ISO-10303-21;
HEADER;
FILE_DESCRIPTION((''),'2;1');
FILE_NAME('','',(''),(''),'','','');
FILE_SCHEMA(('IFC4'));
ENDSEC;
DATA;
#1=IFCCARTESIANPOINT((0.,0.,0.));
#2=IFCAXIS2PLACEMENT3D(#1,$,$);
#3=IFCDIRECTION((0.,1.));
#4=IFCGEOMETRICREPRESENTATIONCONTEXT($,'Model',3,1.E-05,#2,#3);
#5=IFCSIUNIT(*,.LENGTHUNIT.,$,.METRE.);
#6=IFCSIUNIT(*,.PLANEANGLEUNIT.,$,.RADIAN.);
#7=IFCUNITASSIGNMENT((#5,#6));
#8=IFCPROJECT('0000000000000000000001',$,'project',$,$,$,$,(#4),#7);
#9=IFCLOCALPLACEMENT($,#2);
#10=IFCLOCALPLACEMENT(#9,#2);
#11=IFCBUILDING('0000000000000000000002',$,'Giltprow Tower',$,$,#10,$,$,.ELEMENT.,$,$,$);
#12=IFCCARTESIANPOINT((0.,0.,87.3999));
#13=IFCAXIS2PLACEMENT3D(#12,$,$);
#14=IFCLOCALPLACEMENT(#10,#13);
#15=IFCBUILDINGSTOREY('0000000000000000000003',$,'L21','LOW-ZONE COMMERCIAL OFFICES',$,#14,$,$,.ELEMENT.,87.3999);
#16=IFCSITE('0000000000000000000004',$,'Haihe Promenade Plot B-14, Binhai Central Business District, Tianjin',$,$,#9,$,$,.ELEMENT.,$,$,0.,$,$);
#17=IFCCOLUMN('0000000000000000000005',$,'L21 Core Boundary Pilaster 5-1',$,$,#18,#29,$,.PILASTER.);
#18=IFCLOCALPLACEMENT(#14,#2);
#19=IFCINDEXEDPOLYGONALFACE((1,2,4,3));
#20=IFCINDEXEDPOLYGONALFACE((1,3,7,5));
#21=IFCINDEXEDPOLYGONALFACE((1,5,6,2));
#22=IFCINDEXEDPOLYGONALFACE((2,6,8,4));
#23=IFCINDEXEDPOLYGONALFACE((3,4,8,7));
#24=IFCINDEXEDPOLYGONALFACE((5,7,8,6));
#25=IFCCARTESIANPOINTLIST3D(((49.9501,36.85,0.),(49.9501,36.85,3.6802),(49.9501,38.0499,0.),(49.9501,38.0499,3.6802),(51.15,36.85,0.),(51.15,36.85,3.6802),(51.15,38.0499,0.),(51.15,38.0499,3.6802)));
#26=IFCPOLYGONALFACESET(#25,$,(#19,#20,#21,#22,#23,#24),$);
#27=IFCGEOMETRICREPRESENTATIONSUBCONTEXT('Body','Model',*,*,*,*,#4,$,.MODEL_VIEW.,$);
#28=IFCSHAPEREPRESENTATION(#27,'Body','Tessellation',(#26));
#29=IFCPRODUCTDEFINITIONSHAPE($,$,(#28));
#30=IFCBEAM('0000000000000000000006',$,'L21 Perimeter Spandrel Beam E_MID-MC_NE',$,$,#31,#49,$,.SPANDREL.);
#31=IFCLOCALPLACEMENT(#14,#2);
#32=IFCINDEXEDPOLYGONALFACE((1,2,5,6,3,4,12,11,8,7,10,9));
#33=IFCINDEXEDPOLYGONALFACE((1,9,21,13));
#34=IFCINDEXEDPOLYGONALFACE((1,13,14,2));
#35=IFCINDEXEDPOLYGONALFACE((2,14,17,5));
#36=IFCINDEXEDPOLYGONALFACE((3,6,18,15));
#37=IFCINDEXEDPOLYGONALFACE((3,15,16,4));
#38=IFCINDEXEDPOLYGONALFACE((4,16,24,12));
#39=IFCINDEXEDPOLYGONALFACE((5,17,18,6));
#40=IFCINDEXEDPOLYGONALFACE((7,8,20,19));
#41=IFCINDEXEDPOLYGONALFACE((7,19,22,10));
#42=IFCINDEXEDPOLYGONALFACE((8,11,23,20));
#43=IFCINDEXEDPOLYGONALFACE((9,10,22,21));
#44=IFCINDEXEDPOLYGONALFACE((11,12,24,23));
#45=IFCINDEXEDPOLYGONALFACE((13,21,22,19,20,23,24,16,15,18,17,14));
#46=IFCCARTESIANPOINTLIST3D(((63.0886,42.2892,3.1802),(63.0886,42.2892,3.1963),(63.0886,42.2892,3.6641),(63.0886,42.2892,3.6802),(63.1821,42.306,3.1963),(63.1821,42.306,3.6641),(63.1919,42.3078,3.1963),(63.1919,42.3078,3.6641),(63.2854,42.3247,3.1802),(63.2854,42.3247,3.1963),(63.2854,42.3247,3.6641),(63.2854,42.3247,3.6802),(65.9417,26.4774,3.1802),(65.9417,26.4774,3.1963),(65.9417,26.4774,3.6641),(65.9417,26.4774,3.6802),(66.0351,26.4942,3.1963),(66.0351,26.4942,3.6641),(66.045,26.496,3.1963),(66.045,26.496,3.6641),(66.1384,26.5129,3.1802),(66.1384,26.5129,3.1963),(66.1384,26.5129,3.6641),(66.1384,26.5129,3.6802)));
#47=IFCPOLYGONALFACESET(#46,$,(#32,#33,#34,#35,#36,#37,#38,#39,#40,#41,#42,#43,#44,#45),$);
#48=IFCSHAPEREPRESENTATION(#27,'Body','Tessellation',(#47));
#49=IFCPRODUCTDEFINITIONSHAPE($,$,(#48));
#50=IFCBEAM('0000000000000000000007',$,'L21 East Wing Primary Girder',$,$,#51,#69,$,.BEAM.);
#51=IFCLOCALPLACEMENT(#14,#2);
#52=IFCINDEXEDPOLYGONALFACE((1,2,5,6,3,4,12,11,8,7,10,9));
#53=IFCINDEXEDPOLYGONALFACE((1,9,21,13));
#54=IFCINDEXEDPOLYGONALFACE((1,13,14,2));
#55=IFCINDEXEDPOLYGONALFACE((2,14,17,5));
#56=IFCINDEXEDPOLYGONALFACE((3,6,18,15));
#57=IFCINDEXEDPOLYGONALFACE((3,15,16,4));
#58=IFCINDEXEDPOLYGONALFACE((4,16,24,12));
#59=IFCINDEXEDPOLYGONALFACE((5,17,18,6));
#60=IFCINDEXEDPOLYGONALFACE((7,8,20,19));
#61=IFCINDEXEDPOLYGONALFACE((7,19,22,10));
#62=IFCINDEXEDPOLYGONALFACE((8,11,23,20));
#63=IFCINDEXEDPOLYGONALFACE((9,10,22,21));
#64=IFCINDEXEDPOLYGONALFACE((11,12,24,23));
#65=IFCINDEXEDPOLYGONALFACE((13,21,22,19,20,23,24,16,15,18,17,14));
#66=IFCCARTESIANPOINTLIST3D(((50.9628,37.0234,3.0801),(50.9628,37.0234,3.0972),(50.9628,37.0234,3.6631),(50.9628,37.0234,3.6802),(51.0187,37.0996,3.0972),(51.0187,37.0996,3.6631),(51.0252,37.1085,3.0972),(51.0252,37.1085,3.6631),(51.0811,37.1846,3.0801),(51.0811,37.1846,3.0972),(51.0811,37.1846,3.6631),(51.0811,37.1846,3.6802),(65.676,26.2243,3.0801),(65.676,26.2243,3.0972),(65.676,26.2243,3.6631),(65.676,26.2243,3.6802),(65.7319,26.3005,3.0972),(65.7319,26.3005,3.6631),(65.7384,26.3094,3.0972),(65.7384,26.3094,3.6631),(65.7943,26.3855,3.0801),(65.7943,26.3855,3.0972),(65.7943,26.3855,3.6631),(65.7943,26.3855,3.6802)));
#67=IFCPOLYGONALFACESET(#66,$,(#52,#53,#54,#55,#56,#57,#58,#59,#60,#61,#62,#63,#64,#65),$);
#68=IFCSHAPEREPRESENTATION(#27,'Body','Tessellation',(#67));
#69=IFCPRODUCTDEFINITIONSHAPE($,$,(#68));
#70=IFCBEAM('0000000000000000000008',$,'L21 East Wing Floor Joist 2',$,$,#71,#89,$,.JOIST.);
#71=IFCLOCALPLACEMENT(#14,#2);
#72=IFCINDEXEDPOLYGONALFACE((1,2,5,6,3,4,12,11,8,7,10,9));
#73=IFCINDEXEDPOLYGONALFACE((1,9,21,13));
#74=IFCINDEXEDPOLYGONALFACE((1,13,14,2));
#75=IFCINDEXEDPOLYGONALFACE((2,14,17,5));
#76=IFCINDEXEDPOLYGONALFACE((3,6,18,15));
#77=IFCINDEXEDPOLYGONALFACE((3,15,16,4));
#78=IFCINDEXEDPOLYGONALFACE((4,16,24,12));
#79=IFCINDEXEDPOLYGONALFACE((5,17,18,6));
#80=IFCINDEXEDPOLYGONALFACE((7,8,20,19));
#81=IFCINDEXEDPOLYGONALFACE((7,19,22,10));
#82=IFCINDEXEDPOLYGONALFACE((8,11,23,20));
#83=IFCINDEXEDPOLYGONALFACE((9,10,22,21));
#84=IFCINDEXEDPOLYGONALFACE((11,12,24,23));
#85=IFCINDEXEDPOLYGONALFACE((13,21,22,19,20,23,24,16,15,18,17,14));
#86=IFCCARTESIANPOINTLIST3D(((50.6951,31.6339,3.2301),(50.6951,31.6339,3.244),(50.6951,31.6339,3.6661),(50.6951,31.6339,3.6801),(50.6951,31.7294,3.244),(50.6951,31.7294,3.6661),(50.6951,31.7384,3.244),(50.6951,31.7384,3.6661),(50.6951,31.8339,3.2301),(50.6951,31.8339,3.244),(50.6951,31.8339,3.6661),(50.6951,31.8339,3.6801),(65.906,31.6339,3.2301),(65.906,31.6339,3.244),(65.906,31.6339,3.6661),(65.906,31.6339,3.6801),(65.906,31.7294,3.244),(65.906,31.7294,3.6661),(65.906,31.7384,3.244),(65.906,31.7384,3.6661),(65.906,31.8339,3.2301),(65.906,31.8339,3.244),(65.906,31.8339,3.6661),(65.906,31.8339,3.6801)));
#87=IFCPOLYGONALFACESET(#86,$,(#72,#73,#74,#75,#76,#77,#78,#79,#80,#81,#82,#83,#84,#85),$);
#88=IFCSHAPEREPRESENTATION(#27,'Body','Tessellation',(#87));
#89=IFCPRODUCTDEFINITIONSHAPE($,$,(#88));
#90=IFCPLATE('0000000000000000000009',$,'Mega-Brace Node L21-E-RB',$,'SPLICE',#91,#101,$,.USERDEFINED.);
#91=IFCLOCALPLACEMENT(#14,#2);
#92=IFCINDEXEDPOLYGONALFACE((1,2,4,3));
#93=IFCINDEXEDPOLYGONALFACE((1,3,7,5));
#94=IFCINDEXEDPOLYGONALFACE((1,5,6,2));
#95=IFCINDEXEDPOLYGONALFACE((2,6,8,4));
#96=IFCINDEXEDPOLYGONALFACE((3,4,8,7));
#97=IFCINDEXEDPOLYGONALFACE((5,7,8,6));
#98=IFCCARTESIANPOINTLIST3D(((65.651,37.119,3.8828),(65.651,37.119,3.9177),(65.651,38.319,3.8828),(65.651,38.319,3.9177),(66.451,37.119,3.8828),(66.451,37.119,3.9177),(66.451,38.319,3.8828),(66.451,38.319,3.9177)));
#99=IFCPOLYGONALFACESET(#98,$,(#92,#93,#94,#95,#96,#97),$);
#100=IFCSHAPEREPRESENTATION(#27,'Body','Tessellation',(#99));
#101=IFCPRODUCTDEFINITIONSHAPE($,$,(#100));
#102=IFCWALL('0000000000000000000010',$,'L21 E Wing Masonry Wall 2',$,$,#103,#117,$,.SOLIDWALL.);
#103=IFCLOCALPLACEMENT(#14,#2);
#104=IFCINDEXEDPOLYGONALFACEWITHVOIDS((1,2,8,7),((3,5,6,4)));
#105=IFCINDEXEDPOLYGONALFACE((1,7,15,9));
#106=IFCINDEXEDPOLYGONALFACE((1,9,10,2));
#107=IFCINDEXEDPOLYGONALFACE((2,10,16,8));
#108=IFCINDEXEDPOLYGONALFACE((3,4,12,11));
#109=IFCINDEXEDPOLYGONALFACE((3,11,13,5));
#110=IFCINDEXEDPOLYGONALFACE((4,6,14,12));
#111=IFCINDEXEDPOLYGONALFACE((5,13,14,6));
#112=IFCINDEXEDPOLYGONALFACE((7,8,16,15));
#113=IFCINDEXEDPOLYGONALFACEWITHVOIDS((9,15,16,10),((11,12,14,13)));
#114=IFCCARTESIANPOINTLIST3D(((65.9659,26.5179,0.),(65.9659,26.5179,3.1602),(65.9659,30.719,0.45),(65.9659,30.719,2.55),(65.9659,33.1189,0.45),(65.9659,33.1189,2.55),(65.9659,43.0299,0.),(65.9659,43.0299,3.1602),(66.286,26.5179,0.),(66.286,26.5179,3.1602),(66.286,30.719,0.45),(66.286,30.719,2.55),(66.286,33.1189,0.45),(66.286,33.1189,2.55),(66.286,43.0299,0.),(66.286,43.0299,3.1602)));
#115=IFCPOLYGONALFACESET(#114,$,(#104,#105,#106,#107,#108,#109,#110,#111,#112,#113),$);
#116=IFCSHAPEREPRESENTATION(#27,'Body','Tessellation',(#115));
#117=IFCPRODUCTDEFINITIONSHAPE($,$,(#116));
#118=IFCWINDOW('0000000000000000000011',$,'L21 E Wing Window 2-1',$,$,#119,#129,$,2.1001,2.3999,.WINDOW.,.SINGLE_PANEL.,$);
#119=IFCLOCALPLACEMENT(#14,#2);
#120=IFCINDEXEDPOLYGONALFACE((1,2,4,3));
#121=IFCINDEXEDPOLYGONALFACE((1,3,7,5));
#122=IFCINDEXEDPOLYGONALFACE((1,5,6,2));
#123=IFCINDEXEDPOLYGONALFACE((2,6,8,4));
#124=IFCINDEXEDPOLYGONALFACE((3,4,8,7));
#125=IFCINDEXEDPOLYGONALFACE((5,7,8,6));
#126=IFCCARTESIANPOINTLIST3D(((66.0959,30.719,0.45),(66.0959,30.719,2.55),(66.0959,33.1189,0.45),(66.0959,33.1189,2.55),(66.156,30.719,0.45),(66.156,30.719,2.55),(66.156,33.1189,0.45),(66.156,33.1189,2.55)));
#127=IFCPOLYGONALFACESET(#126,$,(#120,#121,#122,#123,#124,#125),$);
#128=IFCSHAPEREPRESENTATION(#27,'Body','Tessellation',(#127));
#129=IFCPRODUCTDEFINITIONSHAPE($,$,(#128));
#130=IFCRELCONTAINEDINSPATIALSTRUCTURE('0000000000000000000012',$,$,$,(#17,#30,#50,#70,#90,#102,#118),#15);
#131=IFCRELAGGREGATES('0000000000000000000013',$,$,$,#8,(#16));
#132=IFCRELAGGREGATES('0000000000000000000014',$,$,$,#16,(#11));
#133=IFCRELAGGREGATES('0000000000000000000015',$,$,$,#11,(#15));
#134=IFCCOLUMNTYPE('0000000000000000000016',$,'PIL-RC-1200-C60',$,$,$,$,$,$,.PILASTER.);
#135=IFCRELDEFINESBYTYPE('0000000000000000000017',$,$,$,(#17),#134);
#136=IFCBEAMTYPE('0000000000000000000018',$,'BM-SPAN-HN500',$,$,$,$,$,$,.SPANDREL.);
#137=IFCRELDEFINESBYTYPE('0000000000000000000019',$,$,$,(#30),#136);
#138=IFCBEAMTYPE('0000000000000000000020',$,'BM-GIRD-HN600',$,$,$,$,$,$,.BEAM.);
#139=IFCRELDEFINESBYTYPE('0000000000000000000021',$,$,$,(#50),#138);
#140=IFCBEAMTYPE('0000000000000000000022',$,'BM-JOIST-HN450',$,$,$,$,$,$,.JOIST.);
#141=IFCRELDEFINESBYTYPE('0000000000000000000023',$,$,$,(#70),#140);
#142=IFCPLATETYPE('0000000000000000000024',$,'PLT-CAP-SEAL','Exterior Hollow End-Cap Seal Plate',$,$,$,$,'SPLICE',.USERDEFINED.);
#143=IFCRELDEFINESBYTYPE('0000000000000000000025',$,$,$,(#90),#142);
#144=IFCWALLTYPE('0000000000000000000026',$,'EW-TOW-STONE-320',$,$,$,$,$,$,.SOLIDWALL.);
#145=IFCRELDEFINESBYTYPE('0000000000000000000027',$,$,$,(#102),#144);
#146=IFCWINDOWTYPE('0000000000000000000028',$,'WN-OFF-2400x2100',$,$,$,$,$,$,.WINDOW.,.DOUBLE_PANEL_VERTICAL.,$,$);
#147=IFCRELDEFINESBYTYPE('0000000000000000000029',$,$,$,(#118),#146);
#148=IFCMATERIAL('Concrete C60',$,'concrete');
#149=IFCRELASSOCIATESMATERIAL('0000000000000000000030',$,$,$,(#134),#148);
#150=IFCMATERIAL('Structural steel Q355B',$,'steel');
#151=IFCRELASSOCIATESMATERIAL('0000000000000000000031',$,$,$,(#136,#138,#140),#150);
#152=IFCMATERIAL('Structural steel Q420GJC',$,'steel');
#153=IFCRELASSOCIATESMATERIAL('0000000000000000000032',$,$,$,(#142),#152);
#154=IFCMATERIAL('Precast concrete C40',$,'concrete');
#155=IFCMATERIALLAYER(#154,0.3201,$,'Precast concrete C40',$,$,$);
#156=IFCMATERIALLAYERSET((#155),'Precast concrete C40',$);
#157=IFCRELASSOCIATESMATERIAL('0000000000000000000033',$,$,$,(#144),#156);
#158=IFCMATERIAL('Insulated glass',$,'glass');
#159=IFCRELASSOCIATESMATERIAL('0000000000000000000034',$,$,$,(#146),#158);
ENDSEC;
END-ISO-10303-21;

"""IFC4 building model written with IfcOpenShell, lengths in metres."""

from ifc_helpers import new_model, si_unit, direction, frame, frame_2d, origin, origin_2d, place, context, subcontext, project, spatial, rectangle, i_section, extrude, source, transform, mapped, material, layer, layer_set, material_profile, profile_set, type_object, element, fill, save


model = new_model("IFC4")

# Units and contexts
model_context = context("Model", 3, precision=1e-05, world=origin(), true_north=direction((0.0, 1.0)))
body_context = subcontext(model_context, "Body", "Model", "MODEL_VIEW")
ifc_project = project(units=[si_unit("LENGTHUNIT", "METRE"), si_unit("PLANEANGLEUNIT", "RADIAN")], contexts=[model_context])

# Site, building, storey
site_placement = place(None, origin())
site = spatial("IfcSite", under=ifc_project, at=site_placement, Name="Haihe Promenade Plot B-14, Binhai Central Business District, Tianjin", CompositionType="ELEMENT", RefElevation=0.0)
building_placement = place(site_placement, origin())
building = spatial("IfcBuilding", under=site, at=building_placement, Name="Giltprow Tower", CompositionType="ELEMENT")
storey_placement = place(building_placement, frame((0.0, 0.0, 87.3999)))
storey = spatial("IfcBuildingStorey", under=building, at=storey_placement, Name="L21", Description="LOW-ZONE COMMERCIAL OFFICES", CompositionType="ELEMENT", Elevation=87.3999)

# Column
ifc_material_1 = material(Name="Concrete C60", Category="concrete")
ifc_material_profile_1 = material_profile(ifc_material_1, rectangle(XDim=1.2, YDim=1.2, at=origin_2d()), Name="RC 1200x1200")
ifc_profile_set_1 = profile_set([ifc_material_profile_1], Name="Concrete C60")
column_type = type_object("IfcColumnType", Name="PIL-RC-1200-C60", PredefinedType="PILASTER", material=ifc_profile_set_1)
shared_shape_1 = source(origin(), body_context, "Body", "SweptSolid", [
    extrude(rectangle(XDim=1.2, YDim=1.2, at=origin_2d()), origin(), (0.0, 0.0, 1.0), 3.6802),
])
column_placement = place(storey_placement, frame((50.55, 37.45, 0.0), z_axis=(0.0, 0.0, 1.0), x_axis=(1.0, 0.0, 0.0)))
element("IfcColumn", 1, at=column_placement, inside=storey, type_object=column_type, Name="L21 Core Boundary Pilaster 5-1", PredefinedType="PILASTER", context=body_context, shape_type="MappedRepresentation", body=[
    mapped(shared_shape_1, transform((0.0, 0.0, 0.0), x_axis=(1.0, 0.0, 0.0), y_axis=(0.0, 1.0, 0.0), z_axis=(0.0, 0.0, 1.0), scale=1.0)),
])

# Beams
ifc_material_2 = material(Name="Structural steel Q355B", Category="steel")
ifc_material_profile_2 = material_profile(ifc_material_2, i_section(OverallWidth=0.2, OverallDepth=0.5, WebThickness=0.01, FlangeThickness=0.0161, at=origin_2d()), Name="HN 500x200x10x16")
ifc_profile_set_2 = profile_set([ifc_material_profile_2], Name="Structural steel Q355B")
beam_type_1 = type_object("IfcBeamType", Name="BM-SPAN-HN500", PredefinedType="SPANDREL", material=ifc_profile_set_2)
shared_shape_2 = source(origin(), body_context, "Body", "SweptSolid", [
    extrude(i_section(OverallWidth=0.2, OverallDepth=0.5, WebThickness=0.01, FlangeThickness=0.0161, at=origin_2d()), origin(), (0.0, 0.0, 1.0), 16.0671),
])
beam_1_placement = place(storey_placement, frame((66.04, 26.4951, 3.4302), z_axis=(-0.17757, 0.984108, 0.0), x_axis=(-0.984108, -0.17757, 0.0)))
element("IfcBeam", 2, at=beam_1_placement, inside=storey, type_object=beam_type_1, Name="L21 Perimeter Spandrel Beam E_MID-MC_NE", PredefinedType="SPANDREL", context=body_context, shape_type="MappedRepresentation", body=[
    mapped(shared_shape_2, transform((0.0, 0.0, 0.0), x_axis=(1.0, 0.0, 0.0), y_axis=(0.0, 1.0, 0.0), z_axis=(0.0, 0.0, 1.0), scale=1.0)),
])
ifc_material_profile_3 = material_profile(ifc_material_2, i_section(OverallWidth=0.2, OverallDepth=0.6001, WebThickness=0.011, FlangeThickness=0.0171, at=origin_2d()), Name="HN 600x200x11x17")
ifc_profile_set_3 = profile_set([ifc_material_profile_3], Name="Structural steel Q355B")
beam_type_2 = type_object("IfcBeamType", Name="BM-GIRD-HN600", PredefinedType="BEAM", material=ifc_profile_set_3)
shared_shape_3 = source(origin(), body_context, "Body", "SweptSolid", [
    extrude(i_section(OverallWidth=0.2, OverallDepth=0.6001, WebThickness=0.011, FlangeThickness=0.0171, at=origin_2d()), origin(), (0.0, 0.0, 1.0), 18.251),
])
beam_2_placement = place(storey_placement, frame((65.7351, 26.3049, 3.3801), z_axis=(-0.806158, 0.5917, 0.0), x_axis=(-0.5917, -0.806158, 0.0)))
element("IfcBeam", 3, at=beam_2_placement, inside=storey, type_object=beam_type_2, Name="L21 East Wing Primary Girder", PredefinedType="BEAM", context=body_context, shape_type="MappedRepresentation", body=[
    mapped(shared_shape_3, transform((0.0, 0.0, 0.0), x_axis=(1.0, 0.0, 0.0), y_axis=(0.0, 1.0, 0.0), z_axis=(0.0, 0.0, 1.0), scale=1.0)),
])
ifc_material_profile_4 = material_profile(ifc_material_2, i_section(OverallWidth=0.2, OverallDepth=0.45, WebThickness=0.009, FlangeThickness=0.0139, at=origin_2d()), Name="HN 450x200x9x14")
ifc_profile_set_4 = profile_set([ifc_material_profile_4], Name="Structural steel Q355B")
beam_type_3 = type_object("IfcBeamType", Name="BM-JOIST-HN450", PredefinedType="JOIST", material=ifc_profile_set_4)
shared_shape_4 = source(origin(), body_context, "Body", "SweptSolid", [
    extrude(i_section(OverallWidth=0.2, OverallDepth=0.45, WebThickness=0.009, FlangeThickness=0.0139, at=origin_2d()), origin(), (0.0, 0.0, 1.0), 15.2109),
])
beam_3_placement = place(storey_placement, frame((50.6951, 31.7339, 3.4551), z_axis=(1.0, 0.0, 0.0), x_axis=(0.0, 1.0, 0.0)))
element("IfcBeam", 4, at=beam_3_placement, inside=storey, type_object=beam_type_3, Name="L21 East Wing Floor Joist 2", PredefinedType="JOIST", context=body_context, shape_type="MappedRepresentation", body=[
    mapped(shared_shape_4, transform((0.0, 0.0, 0.0), x_axis=(1.0, 0.0, 0.0), y_axis=(0.0, 1.0, 0.0), z_axis=(0.0, 0.0, 1.0), scale=1.0)),
])

# Plate
ifc_material_3 = material(Name="Structural steel Q420GJC", Category="steel")
plate_type = type_object("IfcPlateType", Name="PLT-CAP-SEAL", Description="Exterior Hollow End-Cap Seal Plate", ElementType="SPLICE", PredefinedType="USERDEFINED", material=ifc_material_3)
shared_shape_5 = source(origin(), body_context, "Body", "SweptSolid", [
    extrude(rectangle(XDim=1.2, YDim=0.8, at=origin_2d()), origin(), (0.0, 0.0, 1.0), 0.0349),
])
plate_placement = place(storey_placement, frame((66.051, 37.719, 3.8828), z_axis=(0.0, 0.0, 1.0), x_axis=(0.0, 1.0, 0.0)))
element("IfcPlate", 5, at=plate_placement, inside=storey, type_object=plate_type, Name="Mega-Brace Node L21-E-RB", ObjectType="SPLICE", PredefinedType="USERDEFINED", context=body_context, shape_type="MappedRepresentation", body=[
    mapped(shared_shape_5, transform((0.0, 0.0, 0.0), x_axis=(1.0, 0.0, 0.0), y_axis=(0.0, 1.0, 0.0), z_axis=(0.0, 0.0, 1.0), scale=1.0)),
])

# Wall, opening, window
ifc_material_4 = material(Name="Precast concrete C40", Category="concrete")
ifc_layer_1 = layer(ifc_material_4, 0.3201, Name="Precast concrete C40")
ifc_layer_set_1 = layer_set([ifc_layer_1], Name="Precast concrete C40")
wall_type_1 = type_object("IfcWallType", Name="EW-TOW-STONE-320", PredefinedType="SOLIDWALL", material=ifc_layer_set_1)
wall_1_placement = place(storey_placement, frame((66.126, 26.5181, 0.0), z_axis=(0.0, 0.0, 1.0), x_axis=(0.0, 1.0, 0.0)))
wall_1 = element("IfcWall", 6, at=wall_1_placement, inside=storey, type_object=wall_type_1, Name="L21 E Wing Masonry Wall 2", PredefinedType="SOLIDWALL", context=body_context, shape_type="SweptSolid", body=[
    extrude(rectangle(XDim=16.512, YDim=0.3201, at=frame_2d((8.2559, 0.0))), origin(), (0.0, 0.0, 1.0), 3.1602),
])
opening_1_placement = place(wall_1_placement, frame((4.2009, 0.0, 0.45)))
opening_1 = element("IfcOpeningElement", 7, at=opening_1_placement, cuts=wall_1, PredefinedType="OPENING", context=body_context, shape_type="SweptSolid", body=[
    extrude(rectangle(XDim=2.3999, YDim=2.1001, at=frame_2d((1.2, 1.05))), frame((0.0, 0.1699, 0.0), z_axis=(0.0, -1.0, 0.0), x_axis=(1.0, 0.0, 0.0)), (0.0, 0.0, 1.0), 0.3401),
])
ifc_material_5 = material(Name="Insulated glass", Category="glass")
window_type = type_object("IfcWindowType", Name="WN-OFF-2400x2100", PartitioningType="DOUBLE_PANEL_VERTICAL", PredefinedType="WINDOW", material=ifc_material_5)
shared_shape_6 = source(origin(), body_context, "Body", "SweptSolid", [
    extrude(rectangle(XDim=2.3999, YDim=2.1001, at=frame_2d((1.2, 1.05))), frame((0.0, 0.03, 0.0), z_axis=(0.0, -1.0, 0.0), x_axis=(1.0, 0.0, 0.0)), (0.0, 0.0, 1.0), 0.0601),
])
window_placement = place(opening_1_placement, origin())
window = element("IfcWindow", 8, at=window_placement, inside=storey, type_object=window_type, Name="L21 E Wing Window 2-1", OverallHeight=2.1001, OverallWidth=2.3999, PartitioningType="SINGLE_PANEL", PredefinedType="WINDOW", context=body_context, shape_type="MappedRepresentation", body=[
    mapped(shared_shape_6, transform((0.0, 0.0, 0.0), x_axis=(1.0, 0.0, 0.0), y_axis=(0.0, 1.0, 0.0), z_axis=(0.0, 0.0, 1.0), scale=1.0)),
])
fill(opening_1, window)

save(model, "model.ifc")
